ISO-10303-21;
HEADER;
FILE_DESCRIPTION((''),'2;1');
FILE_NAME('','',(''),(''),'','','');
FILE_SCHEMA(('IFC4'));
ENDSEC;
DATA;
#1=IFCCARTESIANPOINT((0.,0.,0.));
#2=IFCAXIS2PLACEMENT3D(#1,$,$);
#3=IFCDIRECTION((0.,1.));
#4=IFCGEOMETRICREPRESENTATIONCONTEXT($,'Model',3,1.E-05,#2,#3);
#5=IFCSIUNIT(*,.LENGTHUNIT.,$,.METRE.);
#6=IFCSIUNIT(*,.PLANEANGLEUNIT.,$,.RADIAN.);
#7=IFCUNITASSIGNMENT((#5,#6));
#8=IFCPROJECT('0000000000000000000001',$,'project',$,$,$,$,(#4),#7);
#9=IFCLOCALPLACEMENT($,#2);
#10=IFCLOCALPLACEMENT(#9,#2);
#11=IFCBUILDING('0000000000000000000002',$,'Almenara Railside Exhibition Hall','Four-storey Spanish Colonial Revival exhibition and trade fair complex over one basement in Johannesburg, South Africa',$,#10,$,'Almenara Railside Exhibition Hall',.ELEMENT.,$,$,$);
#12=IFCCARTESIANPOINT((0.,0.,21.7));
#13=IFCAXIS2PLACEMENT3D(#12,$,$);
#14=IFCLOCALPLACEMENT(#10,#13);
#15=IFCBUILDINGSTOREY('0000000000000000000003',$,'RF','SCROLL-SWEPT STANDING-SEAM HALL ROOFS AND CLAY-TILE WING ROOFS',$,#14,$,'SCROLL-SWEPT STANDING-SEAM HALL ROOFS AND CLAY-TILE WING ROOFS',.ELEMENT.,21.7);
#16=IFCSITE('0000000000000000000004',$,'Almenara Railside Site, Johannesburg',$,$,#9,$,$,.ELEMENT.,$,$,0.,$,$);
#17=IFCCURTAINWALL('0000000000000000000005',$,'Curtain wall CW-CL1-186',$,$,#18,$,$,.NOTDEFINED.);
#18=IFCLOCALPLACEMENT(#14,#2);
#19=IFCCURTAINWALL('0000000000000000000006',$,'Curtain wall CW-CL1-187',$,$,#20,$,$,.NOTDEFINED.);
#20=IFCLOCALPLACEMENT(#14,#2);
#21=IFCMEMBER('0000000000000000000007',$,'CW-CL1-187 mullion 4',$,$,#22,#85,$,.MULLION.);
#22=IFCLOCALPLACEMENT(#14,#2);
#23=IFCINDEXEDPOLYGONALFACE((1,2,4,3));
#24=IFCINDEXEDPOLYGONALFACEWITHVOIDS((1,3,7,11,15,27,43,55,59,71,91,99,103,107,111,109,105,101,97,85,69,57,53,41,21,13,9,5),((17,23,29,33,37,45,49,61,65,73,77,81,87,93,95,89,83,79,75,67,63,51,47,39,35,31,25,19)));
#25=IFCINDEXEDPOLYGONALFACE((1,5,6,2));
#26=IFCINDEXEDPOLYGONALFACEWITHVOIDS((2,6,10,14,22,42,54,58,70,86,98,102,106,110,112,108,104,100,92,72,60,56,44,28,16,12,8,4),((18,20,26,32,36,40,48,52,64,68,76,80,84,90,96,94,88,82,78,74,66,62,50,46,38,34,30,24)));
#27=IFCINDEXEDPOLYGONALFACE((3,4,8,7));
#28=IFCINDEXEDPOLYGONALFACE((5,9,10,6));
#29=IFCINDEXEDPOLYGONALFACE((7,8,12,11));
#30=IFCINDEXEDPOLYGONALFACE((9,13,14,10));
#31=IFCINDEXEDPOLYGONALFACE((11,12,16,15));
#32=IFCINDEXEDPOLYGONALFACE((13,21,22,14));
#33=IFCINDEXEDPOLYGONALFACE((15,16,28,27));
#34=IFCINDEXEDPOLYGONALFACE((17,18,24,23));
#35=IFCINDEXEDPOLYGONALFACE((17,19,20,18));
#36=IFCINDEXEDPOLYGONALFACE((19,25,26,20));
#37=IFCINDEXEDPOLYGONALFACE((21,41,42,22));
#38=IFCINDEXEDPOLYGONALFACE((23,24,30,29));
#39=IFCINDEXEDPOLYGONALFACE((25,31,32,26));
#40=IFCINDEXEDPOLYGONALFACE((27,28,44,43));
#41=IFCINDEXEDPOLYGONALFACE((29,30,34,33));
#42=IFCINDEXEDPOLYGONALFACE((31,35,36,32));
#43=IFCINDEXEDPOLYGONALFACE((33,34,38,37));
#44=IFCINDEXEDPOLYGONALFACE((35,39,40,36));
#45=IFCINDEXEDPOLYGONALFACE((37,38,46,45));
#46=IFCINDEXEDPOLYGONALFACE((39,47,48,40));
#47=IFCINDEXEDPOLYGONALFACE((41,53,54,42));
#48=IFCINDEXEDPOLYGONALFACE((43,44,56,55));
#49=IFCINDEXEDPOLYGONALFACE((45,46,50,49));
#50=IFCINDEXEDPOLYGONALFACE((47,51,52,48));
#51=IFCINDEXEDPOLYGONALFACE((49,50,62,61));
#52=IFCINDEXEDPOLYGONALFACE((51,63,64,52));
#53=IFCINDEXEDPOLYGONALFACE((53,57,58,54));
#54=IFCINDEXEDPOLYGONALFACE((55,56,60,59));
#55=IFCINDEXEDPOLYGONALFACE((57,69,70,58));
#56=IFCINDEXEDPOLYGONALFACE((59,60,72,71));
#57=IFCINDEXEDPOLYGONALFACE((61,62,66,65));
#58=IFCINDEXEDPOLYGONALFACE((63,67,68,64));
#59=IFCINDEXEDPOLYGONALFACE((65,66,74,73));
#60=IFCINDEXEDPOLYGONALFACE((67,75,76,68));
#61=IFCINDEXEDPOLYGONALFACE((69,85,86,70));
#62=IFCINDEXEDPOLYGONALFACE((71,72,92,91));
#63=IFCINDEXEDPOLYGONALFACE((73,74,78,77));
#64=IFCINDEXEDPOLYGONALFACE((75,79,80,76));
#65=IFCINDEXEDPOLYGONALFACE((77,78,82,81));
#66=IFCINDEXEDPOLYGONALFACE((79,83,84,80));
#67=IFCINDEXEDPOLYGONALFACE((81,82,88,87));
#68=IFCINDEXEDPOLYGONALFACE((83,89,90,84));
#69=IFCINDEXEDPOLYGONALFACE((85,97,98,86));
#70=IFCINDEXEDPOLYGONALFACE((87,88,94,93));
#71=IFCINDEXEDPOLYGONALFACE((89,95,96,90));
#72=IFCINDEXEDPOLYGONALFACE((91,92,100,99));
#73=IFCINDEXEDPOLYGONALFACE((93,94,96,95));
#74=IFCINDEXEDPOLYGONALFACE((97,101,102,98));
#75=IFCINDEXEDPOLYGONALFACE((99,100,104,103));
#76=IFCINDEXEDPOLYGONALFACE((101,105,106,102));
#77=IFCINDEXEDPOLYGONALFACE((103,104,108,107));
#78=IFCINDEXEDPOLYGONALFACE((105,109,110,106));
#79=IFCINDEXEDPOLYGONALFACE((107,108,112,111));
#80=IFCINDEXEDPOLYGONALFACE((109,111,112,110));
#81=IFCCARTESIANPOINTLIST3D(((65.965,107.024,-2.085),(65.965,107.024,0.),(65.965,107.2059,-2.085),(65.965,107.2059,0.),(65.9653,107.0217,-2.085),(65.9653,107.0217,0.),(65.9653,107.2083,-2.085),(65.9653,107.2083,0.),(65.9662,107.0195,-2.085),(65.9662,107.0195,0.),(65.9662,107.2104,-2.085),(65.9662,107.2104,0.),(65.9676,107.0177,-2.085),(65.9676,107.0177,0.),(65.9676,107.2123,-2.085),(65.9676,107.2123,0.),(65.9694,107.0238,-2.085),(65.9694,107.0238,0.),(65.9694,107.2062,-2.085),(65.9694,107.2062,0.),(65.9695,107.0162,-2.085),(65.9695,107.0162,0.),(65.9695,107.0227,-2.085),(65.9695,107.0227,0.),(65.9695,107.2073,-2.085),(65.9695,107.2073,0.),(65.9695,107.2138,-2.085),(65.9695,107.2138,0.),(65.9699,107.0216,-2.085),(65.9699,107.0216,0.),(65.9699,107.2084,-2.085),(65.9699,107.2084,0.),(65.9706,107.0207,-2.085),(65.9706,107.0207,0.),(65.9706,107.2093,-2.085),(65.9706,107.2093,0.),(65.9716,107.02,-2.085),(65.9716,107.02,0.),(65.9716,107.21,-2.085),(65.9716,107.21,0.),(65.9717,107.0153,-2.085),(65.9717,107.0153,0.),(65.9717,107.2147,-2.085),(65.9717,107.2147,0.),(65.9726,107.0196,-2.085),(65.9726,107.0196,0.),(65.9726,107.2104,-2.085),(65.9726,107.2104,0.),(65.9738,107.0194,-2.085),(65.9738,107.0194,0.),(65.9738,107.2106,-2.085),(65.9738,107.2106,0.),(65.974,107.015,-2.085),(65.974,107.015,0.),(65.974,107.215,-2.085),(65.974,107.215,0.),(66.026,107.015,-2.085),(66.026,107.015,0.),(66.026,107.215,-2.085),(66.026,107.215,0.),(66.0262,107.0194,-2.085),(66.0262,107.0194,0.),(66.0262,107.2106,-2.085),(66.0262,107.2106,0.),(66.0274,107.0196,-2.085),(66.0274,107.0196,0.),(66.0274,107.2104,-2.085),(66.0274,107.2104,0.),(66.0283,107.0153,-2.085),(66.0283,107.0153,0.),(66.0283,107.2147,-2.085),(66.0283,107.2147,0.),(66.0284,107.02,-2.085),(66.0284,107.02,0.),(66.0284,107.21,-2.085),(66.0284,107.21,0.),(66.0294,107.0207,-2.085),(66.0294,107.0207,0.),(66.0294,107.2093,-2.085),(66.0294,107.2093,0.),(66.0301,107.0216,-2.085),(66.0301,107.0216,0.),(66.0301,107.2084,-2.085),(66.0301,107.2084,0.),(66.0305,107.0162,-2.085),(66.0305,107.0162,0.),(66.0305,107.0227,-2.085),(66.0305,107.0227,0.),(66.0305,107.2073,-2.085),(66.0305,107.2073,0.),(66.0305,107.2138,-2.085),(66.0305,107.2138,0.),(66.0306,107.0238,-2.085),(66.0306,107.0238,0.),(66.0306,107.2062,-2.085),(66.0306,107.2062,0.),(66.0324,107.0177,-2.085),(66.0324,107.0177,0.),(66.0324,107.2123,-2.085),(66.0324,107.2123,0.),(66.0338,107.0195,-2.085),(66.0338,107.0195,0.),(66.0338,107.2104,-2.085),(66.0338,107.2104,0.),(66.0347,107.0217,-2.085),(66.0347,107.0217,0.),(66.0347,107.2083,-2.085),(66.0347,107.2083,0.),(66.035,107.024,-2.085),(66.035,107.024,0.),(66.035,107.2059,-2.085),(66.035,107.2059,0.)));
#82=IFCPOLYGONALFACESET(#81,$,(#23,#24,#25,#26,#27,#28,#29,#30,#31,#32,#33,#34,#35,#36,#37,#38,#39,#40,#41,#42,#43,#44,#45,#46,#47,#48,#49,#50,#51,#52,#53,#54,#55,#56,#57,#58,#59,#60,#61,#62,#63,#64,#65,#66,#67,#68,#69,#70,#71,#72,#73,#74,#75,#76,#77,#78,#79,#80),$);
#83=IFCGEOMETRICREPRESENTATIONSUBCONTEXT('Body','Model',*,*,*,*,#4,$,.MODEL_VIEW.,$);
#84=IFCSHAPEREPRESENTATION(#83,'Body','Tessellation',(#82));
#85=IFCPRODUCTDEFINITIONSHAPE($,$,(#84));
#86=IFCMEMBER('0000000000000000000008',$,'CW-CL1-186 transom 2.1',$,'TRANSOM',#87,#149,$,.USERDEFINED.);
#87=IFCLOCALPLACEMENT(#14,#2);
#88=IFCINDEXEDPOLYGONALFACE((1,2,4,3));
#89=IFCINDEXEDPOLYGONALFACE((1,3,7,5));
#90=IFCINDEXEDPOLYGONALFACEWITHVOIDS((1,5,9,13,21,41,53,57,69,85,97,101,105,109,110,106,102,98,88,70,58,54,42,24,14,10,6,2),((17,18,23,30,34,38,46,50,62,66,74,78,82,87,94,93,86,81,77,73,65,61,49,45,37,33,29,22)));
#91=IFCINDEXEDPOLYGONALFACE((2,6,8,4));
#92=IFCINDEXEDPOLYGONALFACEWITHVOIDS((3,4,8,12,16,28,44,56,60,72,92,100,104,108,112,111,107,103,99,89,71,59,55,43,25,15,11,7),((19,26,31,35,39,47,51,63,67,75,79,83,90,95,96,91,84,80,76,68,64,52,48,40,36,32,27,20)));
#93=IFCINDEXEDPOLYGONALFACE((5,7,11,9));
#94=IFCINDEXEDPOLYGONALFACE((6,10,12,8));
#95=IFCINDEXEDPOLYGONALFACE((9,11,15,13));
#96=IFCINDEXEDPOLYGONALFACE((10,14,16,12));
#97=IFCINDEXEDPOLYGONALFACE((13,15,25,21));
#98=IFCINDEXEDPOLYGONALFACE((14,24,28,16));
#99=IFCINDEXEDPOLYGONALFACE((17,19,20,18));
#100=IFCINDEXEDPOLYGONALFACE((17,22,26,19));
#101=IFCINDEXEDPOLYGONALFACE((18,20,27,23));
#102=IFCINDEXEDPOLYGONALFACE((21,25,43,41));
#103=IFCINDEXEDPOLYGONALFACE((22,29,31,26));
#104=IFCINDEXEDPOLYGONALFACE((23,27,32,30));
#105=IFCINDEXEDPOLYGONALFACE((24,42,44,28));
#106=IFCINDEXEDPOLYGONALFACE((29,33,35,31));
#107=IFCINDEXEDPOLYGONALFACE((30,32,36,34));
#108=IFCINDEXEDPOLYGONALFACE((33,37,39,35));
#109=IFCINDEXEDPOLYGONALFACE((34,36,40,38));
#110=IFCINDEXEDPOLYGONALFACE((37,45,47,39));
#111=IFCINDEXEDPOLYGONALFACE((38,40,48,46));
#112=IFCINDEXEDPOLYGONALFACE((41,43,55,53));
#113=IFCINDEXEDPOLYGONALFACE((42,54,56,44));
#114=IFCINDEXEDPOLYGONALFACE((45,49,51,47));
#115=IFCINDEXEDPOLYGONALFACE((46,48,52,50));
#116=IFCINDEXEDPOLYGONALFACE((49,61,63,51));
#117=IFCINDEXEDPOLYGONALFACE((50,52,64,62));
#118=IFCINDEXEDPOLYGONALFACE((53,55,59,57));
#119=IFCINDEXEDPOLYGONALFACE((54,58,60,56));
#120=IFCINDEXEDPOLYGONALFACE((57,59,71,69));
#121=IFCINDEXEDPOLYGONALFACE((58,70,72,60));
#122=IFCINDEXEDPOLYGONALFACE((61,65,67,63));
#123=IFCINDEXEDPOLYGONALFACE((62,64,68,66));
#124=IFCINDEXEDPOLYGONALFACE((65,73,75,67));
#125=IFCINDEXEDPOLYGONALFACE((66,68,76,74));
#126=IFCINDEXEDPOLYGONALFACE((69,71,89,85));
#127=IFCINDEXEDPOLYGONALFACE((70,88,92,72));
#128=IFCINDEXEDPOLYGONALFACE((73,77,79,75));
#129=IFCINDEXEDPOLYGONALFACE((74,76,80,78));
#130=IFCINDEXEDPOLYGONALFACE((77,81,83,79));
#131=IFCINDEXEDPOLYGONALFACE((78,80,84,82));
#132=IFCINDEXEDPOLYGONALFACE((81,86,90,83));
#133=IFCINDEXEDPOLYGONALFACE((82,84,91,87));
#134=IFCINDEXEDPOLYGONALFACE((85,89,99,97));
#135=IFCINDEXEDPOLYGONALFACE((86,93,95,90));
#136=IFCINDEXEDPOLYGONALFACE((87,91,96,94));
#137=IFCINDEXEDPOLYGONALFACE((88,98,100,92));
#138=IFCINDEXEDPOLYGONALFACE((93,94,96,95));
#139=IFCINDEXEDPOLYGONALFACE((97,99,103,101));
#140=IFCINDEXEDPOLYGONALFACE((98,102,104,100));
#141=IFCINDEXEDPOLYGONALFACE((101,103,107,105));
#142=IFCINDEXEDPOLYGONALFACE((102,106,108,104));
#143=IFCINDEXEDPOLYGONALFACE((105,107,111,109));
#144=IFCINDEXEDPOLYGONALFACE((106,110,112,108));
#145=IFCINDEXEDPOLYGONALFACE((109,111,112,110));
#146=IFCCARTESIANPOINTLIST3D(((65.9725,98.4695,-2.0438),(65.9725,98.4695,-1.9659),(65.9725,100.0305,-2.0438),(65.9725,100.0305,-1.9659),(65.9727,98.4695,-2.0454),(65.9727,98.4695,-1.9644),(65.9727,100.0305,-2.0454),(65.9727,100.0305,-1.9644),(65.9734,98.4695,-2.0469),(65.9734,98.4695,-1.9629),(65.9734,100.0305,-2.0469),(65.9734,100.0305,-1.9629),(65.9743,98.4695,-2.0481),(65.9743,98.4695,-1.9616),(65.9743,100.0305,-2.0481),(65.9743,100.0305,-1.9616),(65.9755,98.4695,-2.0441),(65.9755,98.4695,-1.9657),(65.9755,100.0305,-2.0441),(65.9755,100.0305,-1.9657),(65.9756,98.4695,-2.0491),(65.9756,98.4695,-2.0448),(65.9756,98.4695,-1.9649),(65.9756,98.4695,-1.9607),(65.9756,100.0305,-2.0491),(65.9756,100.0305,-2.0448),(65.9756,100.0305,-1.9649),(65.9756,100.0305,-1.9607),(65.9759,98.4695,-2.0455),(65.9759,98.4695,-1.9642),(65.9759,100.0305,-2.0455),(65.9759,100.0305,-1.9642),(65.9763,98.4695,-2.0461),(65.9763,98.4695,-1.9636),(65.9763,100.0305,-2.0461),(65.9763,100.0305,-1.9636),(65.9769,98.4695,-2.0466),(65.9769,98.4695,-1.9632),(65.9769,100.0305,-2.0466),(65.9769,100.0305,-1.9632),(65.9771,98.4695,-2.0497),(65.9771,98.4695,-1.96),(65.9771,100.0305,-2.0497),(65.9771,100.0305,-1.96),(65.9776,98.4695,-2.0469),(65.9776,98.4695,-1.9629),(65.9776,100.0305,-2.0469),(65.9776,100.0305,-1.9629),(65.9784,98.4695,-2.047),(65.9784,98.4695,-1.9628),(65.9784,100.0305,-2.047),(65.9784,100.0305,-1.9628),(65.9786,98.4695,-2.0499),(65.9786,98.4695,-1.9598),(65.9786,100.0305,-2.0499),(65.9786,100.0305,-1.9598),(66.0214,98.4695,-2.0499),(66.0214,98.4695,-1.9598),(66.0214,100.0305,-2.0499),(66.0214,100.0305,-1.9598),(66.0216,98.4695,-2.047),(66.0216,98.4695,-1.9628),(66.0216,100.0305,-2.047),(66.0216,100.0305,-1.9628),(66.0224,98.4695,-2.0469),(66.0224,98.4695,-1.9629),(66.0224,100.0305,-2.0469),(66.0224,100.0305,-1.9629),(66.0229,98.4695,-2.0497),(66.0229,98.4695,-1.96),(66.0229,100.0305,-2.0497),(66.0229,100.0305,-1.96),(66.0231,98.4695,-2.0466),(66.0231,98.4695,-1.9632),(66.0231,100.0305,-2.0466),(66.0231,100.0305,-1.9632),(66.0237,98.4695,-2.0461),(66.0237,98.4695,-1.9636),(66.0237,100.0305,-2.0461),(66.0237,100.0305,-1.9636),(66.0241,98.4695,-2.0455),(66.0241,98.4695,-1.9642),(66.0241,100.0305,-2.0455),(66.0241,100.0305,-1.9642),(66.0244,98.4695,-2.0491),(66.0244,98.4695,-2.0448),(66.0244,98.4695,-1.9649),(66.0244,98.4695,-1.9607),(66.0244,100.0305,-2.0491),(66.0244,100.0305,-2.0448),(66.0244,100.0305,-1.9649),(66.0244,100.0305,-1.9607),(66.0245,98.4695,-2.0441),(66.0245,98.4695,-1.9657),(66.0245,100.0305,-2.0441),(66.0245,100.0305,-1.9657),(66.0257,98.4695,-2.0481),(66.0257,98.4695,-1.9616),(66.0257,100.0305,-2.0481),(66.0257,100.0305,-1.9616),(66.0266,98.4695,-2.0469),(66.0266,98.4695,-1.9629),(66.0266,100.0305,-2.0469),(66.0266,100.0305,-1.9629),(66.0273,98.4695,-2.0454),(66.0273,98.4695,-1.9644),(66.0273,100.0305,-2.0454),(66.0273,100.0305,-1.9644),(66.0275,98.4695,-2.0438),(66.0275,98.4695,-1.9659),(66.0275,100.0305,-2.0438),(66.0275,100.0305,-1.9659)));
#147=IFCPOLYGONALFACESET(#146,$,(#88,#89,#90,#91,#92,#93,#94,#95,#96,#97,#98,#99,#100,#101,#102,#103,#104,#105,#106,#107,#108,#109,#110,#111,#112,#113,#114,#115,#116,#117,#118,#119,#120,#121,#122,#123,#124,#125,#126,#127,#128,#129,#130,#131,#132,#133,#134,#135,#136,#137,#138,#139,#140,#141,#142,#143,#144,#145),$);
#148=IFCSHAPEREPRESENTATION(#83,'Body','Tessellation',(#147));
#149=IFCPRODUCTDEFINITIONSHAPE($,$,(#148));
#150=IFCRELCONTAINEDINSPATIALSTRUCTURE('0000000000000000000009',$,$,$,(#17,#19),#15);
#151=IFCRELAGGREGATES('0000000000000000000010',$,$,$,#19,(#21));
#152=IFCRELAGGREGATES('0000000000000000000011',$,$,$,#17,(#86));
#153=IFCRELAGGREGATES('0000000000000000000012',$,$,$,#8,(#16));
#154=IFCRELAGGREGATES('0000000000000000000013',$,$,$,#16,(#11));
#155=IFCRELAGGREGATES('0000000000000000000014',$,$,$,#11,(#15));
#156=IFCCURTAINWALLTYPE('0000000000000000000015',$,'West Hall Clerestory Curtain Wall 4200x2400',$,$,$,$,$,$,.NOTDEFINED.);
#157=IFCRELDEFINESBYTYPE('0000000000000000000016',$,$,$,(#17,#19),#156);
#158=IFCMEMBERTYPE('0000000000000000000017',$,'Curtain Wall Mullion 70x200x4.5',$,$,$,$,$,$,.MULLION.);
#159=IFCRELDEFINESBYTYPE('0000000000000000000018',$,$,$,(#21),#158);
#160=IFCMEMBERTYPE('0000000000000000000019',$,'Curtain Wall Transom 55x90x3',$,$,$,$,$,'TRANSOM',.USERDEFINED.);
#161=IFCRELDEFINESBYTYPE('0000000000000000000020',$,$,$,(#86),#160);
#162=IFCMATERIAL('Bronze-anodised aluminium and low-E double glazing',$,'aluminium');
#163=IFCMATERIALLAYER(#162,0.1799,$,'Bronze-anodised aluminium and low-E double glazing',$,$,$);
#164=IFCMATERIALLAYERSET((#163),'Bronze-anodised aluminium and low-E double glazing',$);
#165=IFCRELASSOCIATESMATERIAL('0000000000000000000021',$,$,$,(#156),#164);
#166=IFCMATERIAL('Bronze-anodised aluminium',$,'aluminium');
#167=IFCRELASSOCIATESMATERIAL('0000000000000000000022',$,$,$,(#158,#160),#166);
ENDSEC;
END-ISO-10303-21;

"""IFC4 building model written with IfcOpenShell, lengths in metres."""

from ifc_helpers import new_model, si_unit, direction, frame, origin, origin_2d, place, context, subcontext, project, spatial, hollow_rectangle, extrude, material, layer, layer_set, material_profile, profile_set, type_object, element, aggregate, save


model = new_model("IFC4")

# Units and contexts
model_context = context("Model", 3, precision=1e-05, world=origin(), true_north=direction((0.0, 1.0)))
body_context = subcontext(model_context, "Body", "Model", "MODEL_VIEW")
ifc_project = project(units=[si_unit("LENGTHUNIT", "METRE"), si_unit("PLANEANGLEUNIT", "RADIAN")], contexts=[model_context])

# Site, building, storey
site_placement = place(None, origin())
site = spatial("IfcSite", under=ifc_project, at=site_placement, Name="Almenara Railside Site, Johannesburg", CompositionType="ELEMENT", RefElevation=0.0)
building_placement = place(site_placement, origin())
building = spatial("IfcBuilding", under=site, at=building_placement, Name="Almenara Railside Exhibition Hall", Description="Four-storey Spanish Colonial Revival exhibition and trade fair complex over one basement in Johannesburg, South Africa", LongName="Almenara Railside Exhibition Hall", CompositionType="ELEMENT")
storey_placement = place(building_placement, frame((0.0, 0.0, 21.7)))
storey = spatial("IfcBuildingStorey", under=building, at=storey_placement, Name="RF", Description="SCROLL-SWEPT STANDING-SEAM HALL ROOFS AND CLAY-TILE WING ROOFS", LongName="SCROLL-SWEPT STANDING-SEAM HALL ROOFS AND CLAY-TILE WING ROOFS", CompositionType="ELEMENT", Elevation=21.7)

# Curtain walls, member
ifc_material_1 = material(Name="Bronze-anodised aluminium and low-E double glazing", Category="aluminium")
ifc_layer_1 = layer(ifc_material_1, 0.1799, Name="Bronze-anodised aluminium and low-E double glazing")
ifc_layer_set_1 = layer_set([ifc_layer_1], Name="Bronze-anodised aluminium and low-E double glazing")
curtain_wall_type = type_object("IfcCurtainWallType", Name="West Hall Clerestory Curtain Wall 4200x2400", PredefinedType="NOTDEFINED", material=ifc_layer_set_1)
curtain_wall_1_placement = place(storey_placement, origin())
curtain_wall_1 = element("IfcCurtainWall", 1, at=curtain_wall_1_placement, inside=storey, type_object=curtain_wall_type, Name="Curtain wall CW-CL1-186", PredefinedType="NOTDEFINED")
ifc_material_2 = material(Name="Bronze-anodised aluminium", Category="aluminium")
curtain_wall_2_placement = place(storey_placement, origin())
curtain_wall_2 = element("IfcCurtainWall", 2, at=curtain_wall_2_placement, inside=storey, type_object=curtain_wall_type, Name="Curtain wall CW-CL1-187", PredefinedType="NOTDEFINED")
ifc_material_profile_1 = material_profile(ifc_material_2, hollow_rectangle(XDim=0.0701, YDim=0.2, WallThickness=0.0044, InnerFilletRadius=0.0044, OuterFilletRadius=0.009, at=origin_2d()), Name="ALU-MUL 70x200x4.5")
ifc_profile_set_1 = profile_set([ifc_material_profile_1], Name="Bronze-anodised aluminium")
member_type_1 = type_object("IfcMemberType", Name="Curtain Wall Mullion 70x200x4.5", PredefinedType="MULLION", material=ifc_profile_set_1)
member_1_placement = place(storey_placement, frame((66.0, 107.115, -2.085), z_axis=(0.0, 0.0, 1.0), x_axis=(-1.0, 0.0, 0.0)))
member_1 = element("IfcMember", 3, at=member_1_placement, type_object=member_type_1, Name="CW-CL1-187 mullion 4", PredefinedType="MULLION", context=body_context, shape_type="SweptSolid", body=[
    extrude(hollow_rectangle(XDim=0.0701, YDim=0.2, WallThickness=0.0044, InnerFilletRadius=0.0044, OuterFilletRadius=0.009, at=origin_2d()), origin(), (0.0, 0.0, 1.0), 2.085),
])

# Member
ifc_material_profile_2 = material_profile(ifc_material_2, hollow_rectangle(XDim=0.0549, YDim=0.0901, WallThickness=0.0029, InnerFilletRadius=0.0029, OuterFilletRadius=0.0061, at=origin_2d()), Name="ALU-TRN 55x90x3")
ifc_profile_set_2 = profile_set([ifc_material_profile_2], Name="Bronze-anodised aluminium")
member_type_2 = type_object("IfcMemberType", Name="Curtain Wall Transom 55x90x3", ElementType="TRANSOM", PredefinedType="USERDEFINED", material=ifc_profile_set_2)
member_2_placement = place(storey_placement, frame((66.0, 98.4695, -2.0049), z_axis=(0.0, 1.0, 0.0), x_axis=(-1.0, 0.0, 0.0)))
member_2 = element("IfcMember", 4, at=member_2_placement, type_object=member_type_2, Name="CW-CL1-186 transom 2.1", ObjectType="TRANSOM", PredefinedType="USERDEFINED", context=body_context, shape_type="SweptSolid", body=[
    extrude(hollow_rectangle(XDim=0.0549, YDim=0.0901, WallThickness=0.0029, InnerFilletRadius=0.0029, OuterFilletRadius=0.0061, at=origin_2d()), origin(), (0.0, 0.0, 1.0), 1.561),
])

aggregate(curtain_wall_2, [member_1])
aggregate(curtain_wall_1, [member_2])

save(model, "model.ifc")
